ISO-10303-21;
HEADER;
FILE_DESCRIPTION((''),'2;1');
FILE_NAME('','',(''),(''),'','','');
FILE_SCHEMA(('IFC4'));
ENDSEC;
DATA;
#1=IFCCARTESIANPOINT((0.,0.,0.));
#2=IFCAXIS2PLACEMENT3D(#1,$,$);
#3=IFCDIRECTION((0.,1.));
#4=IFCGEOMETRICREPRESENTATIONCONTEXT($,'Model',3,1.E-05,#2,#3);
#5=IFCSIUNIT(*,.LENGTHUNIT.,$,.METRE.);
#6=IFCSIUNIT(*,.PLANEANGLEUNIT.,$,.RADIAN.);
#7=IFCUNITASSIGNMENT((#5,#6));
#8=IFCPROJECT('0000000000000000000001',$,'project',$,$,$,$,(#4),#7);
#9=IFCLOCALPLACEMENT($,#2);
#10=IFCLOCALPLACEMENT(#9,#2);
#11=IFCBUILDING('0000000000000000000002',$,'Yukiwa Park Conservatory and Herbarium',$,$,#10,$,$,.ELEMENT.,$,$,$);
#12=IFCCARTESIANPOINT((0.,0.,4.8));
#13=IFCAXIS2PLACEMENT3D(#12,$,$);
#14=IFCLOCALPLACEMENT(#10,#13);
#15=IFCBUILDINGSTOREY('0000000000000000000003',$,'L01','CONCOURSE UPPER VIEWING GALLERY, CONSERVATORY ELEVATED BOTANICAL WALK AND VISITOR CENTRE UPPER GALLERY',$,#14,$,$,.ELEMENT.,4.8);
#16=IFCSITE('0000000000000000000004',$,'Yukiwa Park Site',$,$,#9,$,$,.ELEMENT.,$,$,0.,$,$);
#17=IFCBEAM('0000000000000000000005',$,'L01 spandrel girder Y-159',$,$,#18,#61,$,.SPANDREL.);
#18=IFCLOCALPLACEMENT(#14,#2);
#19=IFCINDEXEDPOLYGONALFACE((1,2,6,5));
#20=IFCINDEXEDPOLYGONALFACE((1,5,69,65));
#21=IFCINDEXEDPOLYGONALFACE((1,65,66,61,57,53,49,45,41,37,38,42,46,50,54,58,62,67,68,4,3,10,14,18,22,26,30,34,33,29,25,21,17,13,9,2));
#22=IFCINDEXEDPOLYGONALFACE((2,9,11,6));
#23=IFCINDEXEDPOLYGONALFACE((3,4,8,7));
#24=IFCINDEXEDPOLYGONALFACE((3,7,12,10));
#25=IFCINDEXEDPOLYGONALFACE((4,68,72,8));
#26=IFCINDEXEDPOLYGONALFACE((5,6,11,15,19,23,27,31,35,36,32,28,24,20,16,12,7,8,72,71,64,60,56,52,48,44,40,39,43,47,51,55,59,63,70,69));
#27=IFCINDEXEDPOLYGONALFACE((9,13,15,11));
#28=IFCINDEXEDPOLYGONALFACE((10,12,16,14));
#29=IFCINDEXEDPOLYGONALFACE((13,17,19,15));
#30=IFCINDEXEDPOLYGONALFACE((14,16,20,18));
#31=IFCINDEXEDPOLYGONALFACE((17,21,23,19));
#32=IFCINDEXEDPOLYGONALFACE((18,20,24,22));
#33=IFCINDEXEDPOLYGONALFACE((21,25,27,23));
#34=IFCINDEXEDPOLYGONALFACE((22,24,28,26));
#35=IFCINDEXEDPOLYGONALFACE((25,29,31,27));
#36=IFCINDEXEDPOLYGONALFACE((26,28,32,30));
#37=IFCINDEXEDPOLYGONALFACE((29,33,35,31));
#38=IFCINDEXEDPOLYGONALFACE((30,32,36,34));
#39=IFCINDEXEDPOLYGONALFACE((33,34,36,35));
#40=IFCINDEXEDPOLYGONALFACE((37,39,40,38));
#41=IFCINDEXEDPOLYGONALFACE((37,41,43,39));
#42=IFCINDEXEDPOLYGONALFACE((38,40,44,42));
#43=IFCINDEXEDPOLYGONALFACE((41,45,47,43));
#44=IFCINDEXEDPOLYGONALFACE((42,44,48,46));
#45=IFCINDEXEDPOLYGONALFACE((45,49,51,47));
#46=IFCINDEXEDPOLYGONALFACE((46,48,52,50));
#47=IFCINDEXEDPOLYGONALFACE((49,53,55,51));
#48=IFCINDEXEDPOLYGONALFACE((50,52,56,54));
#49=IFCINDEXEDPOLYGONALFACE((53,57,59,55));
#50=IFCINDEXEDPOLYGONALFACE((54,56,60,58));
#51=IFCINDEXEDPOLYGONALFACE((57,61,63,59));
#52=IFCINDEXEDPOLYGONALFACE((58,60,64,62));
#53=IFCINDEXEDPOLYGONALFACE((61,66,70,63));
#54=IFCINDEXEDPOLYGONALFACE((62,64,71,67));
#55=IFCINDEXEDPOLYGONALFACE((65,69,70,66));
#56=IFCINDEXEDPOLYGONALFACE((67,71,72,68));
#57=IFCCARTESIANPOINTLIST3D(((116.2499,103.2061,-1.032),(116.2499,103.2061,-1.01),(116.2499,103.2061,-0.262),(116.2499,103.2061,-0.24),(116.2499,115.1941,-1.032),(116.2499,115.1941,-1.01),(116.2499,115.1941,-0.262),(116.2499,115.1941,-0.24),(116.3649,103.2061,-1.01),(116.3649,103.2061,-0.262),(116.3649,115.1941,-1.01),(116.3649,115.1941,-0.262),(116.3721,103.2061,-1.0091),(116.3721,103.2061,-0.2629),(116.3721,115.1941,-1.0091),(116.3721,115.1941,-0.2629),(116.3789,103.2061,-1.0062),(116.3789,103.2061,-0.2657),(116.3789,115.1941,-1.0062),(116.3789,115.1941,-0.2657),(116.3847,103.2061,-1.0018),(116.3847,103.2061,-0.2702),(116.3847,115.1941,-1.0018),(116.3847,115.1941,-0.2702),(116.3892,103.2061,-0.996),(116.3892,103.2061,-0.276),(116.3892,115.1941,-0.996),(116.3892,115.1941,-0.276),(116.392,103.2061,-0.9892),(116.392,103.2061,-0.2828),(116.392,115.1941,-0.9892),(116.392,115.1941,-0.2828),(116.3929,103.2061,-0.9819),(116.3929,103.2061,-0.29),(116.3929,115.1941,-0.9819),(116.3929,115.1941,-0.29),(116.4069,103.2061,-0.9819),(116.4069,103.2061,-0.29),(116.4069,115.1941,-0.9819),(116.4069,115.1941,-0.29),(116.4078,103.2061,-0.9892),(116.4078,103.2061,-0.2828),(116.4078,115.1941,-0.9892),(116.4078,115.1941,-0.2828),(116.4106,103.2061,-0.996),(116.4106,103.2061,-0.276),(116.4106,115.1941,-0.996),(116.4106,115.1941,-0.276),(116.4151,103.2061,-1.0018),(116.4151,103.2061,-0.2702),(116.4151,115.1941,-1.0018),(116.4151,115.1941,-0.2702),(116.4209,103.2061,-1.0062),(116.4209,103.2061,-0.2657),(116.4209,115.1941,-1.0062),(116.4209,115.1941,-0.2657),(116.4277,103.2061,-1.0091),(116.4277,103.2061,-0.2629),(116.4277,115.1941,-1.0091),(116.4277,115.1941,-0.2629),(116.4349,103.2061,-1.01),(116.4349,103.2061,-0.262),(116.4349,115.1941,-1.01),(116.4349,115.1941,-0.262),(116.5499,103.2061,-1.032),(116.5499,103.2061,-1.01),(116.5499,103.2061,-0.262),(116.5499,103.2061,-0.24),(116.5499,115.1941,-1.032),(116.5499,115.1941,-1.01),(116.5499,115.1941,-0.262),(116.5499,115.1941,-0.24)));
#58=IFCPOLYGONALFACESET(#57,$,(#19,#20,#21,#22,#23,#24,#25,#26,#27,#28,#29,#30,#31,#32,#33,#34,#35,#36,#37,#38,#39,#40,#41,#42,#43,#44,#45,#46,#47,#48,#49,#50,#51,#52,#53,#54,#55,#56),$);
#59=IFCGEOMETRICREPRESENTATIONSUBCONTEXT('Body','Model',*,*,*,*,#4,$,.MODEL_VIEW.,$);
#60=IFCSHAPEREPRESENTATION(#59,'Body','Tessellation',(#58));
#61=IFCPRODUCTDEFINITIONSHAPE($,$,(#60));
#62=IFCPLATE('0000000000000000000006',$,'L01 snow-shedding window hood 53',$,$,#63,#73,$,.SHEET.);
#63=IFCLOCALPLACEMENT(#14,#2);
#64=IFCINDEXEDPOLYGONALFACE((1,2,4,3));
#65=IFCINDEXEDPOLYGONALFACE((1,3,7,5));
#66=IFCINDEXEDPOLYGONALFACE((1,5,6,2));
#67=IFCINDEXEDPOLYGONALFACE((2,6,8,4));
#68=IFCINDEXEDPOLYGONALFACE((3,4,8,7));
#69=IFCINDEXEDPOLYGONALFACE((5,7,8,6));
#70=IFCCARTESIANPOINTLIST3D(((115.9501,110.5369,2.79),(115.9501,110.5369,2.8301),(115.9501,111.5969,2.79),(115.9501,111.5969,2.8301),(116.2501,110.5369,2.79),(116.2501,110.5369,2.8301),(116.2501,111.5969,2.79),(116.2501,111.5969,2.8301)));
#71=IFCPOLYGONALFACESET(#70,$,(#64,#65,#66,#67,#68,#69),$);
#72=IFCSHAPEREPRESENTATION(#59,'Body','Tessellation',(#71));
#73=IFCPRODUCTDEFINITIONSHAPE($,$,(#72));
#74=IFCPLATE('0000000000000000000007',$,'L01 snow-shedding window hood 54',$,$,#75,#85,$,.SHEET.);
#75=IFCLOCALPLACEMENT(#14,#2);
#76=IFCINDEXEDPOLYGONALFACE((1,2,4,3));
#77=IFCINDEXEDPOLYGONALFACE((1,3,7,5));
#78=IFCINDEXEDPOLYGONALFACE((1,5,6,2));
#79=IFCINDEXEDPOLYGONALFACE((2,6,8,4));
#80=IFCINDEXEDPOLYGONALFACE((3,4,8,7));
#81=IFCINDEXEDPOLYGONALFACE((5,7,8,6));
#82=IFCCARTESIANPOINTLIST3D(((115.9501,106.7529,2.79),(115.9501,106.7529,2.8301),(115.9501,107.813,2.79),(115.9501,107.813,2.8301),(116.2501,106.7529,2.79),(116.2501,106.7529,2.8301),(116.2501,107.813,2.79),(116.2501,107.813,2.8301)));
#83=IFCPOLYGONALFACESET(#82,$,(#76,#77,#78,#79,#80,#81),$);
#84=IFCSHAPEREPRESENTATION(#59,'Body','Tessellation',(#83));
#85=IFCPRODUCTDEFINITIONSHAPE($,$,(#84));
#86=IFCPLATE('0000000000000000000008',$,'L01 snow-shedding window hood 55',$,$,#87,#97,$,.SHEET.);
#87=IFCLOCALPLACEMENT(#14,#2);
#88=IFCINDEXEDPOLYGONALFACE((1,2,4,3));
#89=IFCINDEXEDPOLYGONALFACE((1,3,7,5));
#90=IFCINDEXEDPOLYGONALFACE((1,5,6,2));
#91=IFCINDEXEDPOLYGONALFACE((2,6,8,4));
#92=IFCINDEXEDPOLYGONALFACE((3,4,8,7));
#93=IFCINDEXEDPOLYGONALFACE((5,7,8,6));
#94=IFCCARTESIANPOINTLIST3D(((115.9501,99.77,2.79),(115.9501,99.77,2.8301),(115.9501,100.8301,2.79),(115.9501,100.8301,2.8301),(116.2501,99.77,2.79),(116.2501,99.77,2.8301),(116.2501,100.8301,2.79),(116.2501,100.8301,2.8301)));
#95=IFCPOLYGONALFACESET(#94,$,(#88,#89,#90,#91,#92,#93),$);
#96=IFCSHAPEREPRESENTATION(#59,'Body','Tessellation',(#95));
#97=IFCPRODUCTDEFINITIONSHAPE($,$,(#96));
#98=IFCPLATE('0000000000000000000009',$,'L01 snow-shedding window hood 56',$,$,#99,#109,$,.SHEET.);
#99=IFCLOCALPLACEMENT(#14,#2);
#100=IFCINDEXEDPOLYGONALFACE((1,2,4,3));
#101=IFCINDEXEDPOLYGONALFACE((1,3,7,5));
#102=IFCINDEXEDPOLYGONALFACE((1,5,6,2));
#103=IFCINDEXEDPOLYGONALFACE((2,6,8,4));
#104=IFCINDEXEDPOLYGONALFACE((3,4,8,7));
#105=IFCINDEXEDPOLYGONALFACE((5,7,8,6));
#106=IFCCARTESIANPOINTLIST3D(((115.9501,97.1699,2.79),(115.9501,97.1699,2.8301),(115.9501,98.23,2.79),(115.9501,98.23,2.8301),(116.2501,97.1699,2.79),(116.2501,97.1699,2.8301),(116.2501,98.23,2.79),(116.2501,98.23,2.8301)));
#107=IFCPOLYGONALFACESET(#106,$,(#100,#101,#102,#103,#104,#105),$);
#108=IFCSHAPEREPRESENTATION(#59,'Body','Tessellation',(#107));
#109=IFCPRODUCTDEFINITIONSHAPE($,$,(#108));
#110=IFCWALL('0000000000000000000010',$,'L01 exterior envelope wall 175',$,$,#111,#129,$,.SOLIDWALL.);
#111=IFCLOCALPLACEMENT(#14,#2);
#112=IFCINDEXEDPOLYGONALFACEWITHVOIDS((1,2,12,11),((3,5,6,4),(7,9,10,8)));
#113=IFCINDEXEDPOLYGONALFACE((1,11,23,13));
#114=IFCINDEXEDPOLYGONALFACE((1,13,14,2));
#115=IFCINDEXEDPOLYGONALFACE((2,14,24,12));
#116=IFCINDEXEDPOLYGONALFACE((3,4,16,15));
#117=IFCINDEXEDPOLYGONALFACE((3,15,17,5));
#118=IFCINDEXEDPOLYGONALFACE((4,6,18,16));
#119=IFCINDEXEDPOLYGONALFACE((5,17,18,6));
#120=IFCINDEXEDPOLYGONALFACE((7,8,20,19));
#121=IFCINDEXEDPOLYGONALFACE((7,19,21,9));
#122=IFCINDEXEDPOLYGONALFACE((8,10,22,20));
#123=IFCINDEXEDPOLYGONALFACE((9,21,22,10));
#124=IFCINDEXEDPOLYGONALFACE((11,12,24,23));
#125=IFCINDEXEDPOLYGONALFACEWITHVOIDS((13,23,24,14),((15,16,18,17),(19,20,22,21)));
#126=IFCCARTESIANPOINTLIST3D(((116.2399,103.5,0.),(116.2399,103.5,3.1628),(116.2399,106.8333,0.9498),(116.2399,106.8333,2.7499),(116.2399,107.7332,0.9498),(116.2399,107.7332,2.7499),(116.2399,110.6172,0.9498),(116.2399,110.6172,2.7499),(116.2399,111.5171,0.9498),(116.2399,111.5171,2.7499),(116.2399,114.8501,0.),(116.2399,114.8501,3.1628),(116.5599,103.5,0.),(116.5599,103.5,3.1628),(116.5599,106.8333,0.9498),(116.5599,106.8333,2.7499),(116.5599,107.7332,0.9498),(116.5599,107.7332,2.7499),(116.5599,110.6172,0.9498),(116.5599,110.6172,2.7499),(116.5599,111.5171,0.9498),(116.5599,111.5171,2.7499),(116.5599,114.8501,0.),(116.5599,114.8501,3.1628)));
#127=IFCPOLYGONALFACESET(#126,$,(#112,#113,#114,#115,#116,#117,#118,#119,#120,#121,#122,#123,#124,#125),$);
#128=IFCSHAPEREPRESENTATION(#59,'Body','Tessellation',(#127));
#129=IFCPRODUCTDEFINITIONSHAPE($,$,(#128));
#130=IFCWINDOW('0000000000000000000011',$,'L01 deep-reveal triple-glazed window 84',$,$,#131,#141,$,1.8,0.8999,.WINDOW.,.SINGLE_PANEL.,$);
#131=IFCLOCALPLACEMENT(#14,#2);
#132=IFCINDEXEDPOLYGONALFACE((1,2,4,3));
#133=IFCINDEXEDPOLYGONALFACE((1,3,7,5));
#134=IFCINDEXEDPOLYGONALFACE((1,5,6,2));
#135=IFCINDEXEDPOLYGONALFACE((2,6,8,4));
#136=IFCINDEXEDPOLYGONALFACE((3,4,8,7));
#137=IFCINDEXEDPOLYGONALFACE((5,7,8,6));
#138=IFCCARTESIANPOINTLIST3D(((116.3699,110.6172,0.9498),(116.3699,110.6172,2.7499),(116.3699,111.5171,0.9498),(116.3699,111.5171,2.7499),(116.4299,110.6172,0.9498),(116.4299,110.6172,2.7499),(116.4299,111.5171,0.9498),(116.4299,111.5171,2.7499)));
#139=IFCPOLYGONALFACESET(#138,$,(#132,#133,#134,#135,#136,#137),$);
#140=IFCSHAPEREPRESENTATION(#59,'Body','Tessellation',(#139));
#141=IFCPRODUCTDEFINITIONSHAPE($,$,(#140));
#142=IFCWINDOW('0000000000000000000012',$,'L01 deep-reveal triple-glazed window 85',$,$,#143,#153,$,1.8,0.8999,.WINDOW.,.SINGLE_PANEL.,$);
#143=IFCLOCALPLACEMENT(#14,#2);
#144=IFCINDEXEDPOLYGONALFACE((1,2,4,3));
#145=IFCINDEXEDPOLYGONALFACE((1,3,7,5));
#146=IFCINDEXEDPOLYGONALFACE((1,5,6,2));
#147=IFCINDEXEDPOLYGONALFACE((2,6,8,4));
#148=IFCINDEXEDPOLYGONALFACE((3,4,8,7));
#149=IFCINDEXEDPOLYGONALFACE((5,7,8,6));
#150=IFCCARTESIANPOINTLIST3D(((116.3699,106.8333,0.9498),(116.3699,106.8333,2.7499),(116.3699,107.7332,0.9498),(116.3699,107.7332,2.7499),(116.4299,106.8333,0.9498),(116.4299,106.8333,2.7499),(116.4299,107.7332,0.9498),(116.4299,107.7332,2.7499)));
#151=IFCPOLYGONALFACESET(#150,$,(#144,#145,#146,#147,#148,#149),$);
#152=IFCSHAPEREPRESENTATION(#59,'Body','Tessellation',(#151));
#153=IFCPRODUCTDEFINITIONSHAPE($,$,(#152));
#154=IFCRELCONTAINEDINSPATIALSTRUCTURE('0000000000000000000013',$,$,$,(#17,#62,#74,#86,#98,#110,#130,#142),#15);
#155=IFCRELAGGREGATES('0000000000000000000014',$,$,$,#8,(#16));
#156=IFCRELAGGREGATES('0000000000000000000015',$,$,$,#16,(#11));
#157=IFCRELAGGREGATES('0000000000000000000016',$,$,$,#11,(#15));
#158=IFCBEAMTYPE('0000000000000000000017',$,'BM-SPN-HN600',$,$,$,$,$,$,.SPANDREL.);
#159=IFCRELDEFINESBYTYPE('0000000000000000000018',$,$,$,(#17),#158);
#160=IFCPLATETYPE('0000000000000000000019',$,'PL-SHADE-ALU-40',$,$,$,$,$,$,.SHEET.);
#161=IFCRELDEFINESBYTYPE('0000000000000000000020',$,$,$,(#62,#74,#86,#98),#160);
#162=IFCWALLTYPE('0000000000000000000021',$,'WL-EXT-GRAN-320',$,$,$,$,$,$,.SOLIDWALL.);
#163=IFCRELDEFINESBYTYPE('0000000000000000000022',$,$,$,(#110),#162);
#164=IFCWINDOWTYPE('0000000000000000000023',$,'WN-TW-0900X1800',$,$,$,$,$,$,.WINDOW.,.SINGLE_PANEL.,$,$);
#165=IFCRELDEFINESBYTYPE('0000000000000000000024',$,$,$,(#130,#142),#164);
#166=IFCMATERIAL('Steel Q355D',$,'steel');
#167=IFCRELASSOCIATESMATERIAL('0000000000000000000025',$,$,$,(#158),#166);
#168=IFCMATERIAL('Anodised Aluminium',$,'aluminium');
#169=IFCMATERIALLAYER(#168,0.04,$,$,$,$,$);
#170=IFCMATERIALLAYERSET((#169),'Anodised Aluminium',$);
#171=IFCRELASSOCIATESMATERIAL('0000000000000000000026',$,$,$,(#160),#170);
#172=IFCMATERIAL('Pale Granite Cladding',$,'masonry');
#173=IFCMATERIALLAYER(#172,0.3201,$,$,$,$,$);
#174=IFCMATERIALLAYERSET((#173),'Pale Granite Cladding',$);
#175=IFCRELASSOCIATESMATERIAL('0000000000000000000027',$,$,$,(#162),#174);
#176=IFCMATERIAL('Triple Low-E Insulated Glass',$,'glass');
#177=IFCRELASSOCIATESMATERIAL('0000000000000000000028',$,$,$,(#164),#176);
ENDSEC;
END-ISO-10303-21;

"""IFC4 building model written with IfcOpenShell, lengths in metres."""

from ifc_helpers import new_model, si_unit, direction, frame, frame_2d, origin, origin_2d, place, context, subcontext, project, spatial, rectangle, i_section, extrude, material, layer, layer_set, material_profile, profile_set, type_object, element, fill, save


model = new_model("IFC4")

# Units and contexts
model_context = context("Model", 3, precision=1e-05, world=origin(), true_north=direction((0.0, 1.0)))
body_context = subcontext(model_context, "Body", "Model", "MODEL_VIEW")
ifc_project = project(units=[si_unit("LENGTHUNIT", "METRE"), si_unit("PLANEANGLEUNIT", "RADIAN")], contexts=[model_context])

# Site, building, storey
site_placement = place(None, origin())
site = spatial("IfcSite", under=ifc_project, at=site_placement, Name="Yukiwa Park Site", CompositionType="ELEMENT", RefElevation=0.0)
building_placement = place(site_placement, origin())
building = spatial("IfcBuilding", under=site, at=building_placement, Name="Yukiwa Park Conservatory and Herbarium", CompositionType="ELEMENT")
storey_placement = place(building_placement, frame((0.0, 0.0, 4.8)))
storey = spatial("IfcBuildingStorey", under=building, at=storey_placement, Name="L01", Description="CONCOURSE UPPER VIEWING GALLERY, CONSERVATORY ELEVATED BOTANICAL WALK AND VISITOR CENTRE UPPER GALLERY", CompositionType="ELEMENT", Elevation=4.8)

# Beam
ifc_material_1 = material(Name="Steel Q355D", Category="steel")
ifc_material_profile_1 = material_profile(ifc_material_1, i_section(OverallWidth=0.3, OverallDepth=0.792, WebThickness=0.0139, FlangeThickness=0.022, FilletRadius=0.0281, at=origin_2d()), Name="HN 792x300x14x22")
ifc_profile_set_1 = profile_set([ifc_material_profile_1], Name="Steel Q355D")
beam_type_1 = type_object("IfcBeamType", Name="BM-SPN-HN600", PredefinedType="SPANDREL", material=ifc_profile_set_1)
beam_1_placement = place(storey_placement, frame((116.3999, 103.2061, -0.636), z_axis=(0.0, 1.0, 0.0), x_axis=(-1.0, 0.0, 0.0)))
element("IfcBeam", 1, at=beam_1_placement, inside=storey, type_object=beam_type_1, Name="L01 spandrel girder Y-159", PredefinedType="SPANDREL", context=body_context, shape_type="SweptSolid", body=[
    extrude(i_section(OverallWidth=0.3, OverallDepth=0.792, WebThickness=0.0139, FlangeThickness=0.022, FilletRadius=0.0281, at=origin_2d()), origin(), (0.0, 0.0, 1.0), 11.988),
])

# Plates
ifc_material_2 = material(Name="Anodised Aluminium", Category="aluminium")
ifc_layer_1 = layer(ifc_material_2, 0.04)
ifc_layer_set_1 = layer_set([ifc_layer_1], Name="Anodised Aluminium")
plate_type = type_object("IfcPlateType", Name="PL-SHADE-ALU-40", PredefinedType="SHEET", material=ifc_layer_set_1)
for number, where, z_axis, x_axis, name in (
    (2, (116.1001, 111.0669, 2.79), (0.0, 0.0, 1.0), (0.0, -1.0, 0.0), "L01 snow-shedding window hood 53"),
    (3, (116.1001, 107.283, 2.79), (0.0, 0.0, 1.0), (0.0, -1.0, 0.0), "L01 snow-shedding window hood 54"),
    (4, (116.1001, 100.3, 2.79), (0.0, 0.0, 1.0), (0.0, -1.0, 0.0), "L01 snow-shedding window hood 55"),
    (5, (116.1001, 97.7, 2.79), (0.0, 0.0, 1.0), (0.0, -1.0, 0.0), "L01 snow-shedding window hood 56"),
):
    element("IfcPlate", number, at=place(storey_placement, frame(where, z_axis=z_axis, x_axis=x_axis)), inside=storey, type_object=plate_type, Name=name, PredefinedType="SHEET", context=body_context, shape_type="SweptSolid", body=[
        extrude(rectangle(XDim=1.0601, YDim=0.3, at=origin_2d()), origin(), (0.0, 0.0, 1.0), 0.04),
    ])

# Wall, openings, windows
ifc_material_3 = material(Name="Pale Granite Cladding", Category="masonry")
ifc_layer_2 = layer(ifc_material_3, 0.3201)
ifc_layer_set_2 = layer_set([ifc_layer_2], Name="Pale Granite Cladding")
wall_type = type_object("IfcWallType", Name="WL-EXT-GRAN-320", PredefinedType="SOLIDWALL", material=ifc_layer_set_2)
wall_1_placement = place(storey_placement, frame((116.3999, 114.8501, 0.0), z_axis=(0.0, 0.0, 1.0), x_axis=(0.0, -1.0, 0.0)))
wall_1 = element("IfcWall", 6, at=wall_1_placement, inside=storey, type_object=wall_type, Name="L01 exterior envelope wall 175", PredefinedType="SOLIDWALL", context=body_context, shape_type="SweptSolid", body=[
    extrude(rectangle(XDim=11.3501, YDim=0.3201, at=frame_2d((5.675, 0.0))), origin(), (0.0, 0.0, 1.0), 3.1628),
])
opening_1_placement = place(wall_1_placement, frame((3.333, 0.0, 0.95)))
opening_1 = element("IfcOpeningElement", 7, at=opening_1_placement, cuts=wall_1, PredefinedType="OPENING", context=body_context, shape_type="SweptSolid", body=[
    extrude(rectangle(XDim=0.8999, YDim=1.8, at=frame_2d((0.45, 0.8999))), frame((0.0, 0.1699, 0.0), z_axis=(0.0, -1.0, 0.0), x_axis=(1.0, 0.0, 0.0)), (0.0, 0.0, 1.0), 0.3401),
])
opening_2_placement = place(wall_1_placement, frame((7.1169, 0.0, 0.95)))
opening_2 = element("IfcOpeningElement", 8, at=opening_2_placement, cuts=wall_1, PredefinedType="OPENING", context=body_context, shape_type="SweptSolid", body=[
    extrude(rectangle(XDim=0.8999, YDim=1.8, at=frame_2d((0.45, 0.8999))), frame((0.0, 0.1699, 0.0), z_axis=(0.0, -1.0, 0.0), x_axis=(1.0, 0.0, 0.0)), (0.0, 0.0, 1.0), 0.3401),
])
ifc_material_4 = material(Name="Triple Low-E Insulated Glass", Category="glass")
window_type = type_object("IfcWindowType", Name="WN-TW-0900X1800", PartitioningType="SINGLE_PANEL", PredefinedType="WINDOW", material=ifc_material_4)
window_1_placement = place(opening_1_placement, origin())
window_1 = element("IfcWindow", 9, at=window_1_placement, inside=storey, type_object=window_type, Name="L01 deep-reveal triple-glazed window 84", OverallHeight=1.8, OverallWidth=0.8999, PartitioningType="SINGLE_PANEL", PredefinedType="WINDOW", context=body_context, shape_type="SweptSolid", body=[
    extrude(rectangle(XDim=0.8999, YDim=1.8, at=frame_2d((0.45, 0.8999))), frame((0.0, 0.03, 0.0), z_axis=(0.0, -1.0, 0.0), x_axis=(1.0, 0.0, 0.0)), (0.0, 0.0, 1.0), 0.0601),
])
fill(opening_1, window_1)
window_2_placement = place(opening_2_placement, origin())
window_2 = element("IfcWindow", 10, at=window_2_placement, inside=storey, type_object=window_type, Name="L01 deep-reveal triple-glazed window 85", OverallHeight=1.8, OverallWidth=0.8999, PartitioningType="SINGLE_PANEL", PredefinedType="WINDOW", context=body_context, shape_type="SweptSolid", body=[
    extrude(rectangle(XDim=0.8999, YDim=1.8, at=frame_2d((0.45, 0.8999))), frame((0.0, 0.03, 0.0), z_axis=(0.0, -1.0, 0.0), x_axis=(1.0, 0.0, 0.0)), (0.0, 0.0, 1.0), 0.0601),
])
fill(opening_2, window_2)

save(model, "model.ifc")
